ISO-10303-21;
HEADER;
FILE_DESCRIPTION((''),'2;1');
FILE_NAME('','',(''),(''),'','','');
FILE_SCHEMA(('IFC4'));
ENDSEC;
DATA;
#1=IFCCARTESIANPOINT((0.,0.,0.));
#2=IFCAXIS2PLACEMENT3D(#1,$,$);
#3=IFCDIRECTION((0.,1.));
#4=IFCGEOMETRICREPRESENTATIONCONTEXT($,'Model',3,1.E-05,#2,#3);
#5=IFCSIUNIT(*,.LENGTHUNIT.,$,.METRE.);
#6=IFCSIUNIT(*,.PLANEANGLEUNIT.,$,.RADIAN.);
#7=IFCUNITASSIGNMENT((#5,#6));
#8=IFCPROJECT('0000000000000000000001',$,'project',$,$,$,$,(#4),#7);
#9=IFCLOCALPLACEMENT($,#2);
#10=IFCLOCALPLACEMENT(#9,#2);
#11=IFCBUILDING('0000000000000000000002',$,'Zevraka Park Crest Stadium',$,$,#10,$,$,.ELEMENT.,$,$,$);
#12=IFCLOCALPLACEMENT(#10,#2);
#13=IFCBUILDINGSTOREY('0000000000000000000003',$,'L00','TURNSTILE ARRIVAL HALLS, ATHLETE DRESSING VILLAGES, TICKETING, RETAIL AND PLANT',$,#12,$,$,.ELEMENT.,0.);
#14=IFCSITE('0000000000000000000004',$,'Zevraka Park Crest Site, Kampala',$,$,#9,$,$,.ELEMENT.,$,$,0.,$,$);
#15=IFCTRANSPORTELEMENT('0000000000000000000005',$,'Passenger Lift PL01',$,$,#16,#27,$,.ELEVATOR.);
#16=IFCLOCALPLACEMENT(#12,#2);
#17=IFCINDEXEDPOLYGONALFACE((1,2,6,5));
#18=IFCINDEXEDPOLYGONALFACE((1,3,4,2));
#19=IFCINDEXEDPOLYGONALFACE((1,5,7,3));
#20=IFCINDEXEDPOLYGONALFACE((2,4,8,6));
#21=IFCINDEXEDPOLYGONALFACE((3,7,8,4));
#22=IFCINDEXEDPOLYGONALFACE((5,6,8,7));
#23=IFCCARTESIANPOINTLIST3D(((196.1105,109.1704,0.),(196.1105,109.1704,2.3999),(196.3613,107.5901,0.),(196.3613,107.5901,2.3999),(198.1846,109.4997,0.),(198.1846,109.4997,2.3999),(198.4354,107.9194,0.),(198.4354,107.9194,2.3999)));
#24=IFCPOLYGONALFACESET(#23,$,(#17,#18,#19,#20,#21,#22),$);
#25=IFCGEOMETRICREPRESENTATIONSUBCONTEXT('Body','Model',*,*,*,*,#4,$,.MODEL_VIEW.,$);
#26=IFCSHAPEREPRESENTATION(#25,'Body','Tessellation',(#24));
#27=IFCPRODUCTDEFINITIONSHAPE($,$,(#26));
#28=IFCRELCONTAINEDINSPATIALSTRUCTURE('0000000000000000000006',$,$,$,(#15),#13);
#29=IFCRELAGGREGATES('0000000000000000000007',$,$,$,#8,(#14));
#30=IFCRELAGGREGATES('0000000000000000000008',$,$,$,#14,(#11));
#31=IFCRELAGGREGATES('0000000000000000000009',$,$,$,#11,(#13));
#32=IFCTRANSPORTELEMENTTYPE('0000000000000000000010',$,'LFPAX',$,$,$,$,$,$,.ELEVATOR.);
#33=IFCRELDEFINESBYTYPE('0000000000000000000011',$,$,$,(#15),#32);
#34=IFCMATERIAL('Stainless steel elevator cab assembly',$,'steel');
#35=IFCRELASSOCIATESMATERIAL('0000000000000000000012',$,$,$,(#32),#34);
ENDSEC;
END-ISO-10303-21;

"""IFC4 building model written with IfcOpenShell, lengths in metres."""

from ifc_helpers import new_model, si_unit, direction, frame, origin, origin_2d, place, context, subcontext, project, spatial, rectangle, extrude, material, type_object, element, save


model = new_model("IFC4")

# Units and contexts
model_context = context("Model", 3, precision=1e-05, world=origin(), true_north=direction((0.0, 1.0)))
body_context = subcontext(model_context, "Body", "Model", "MODEL_VIEW")
ifc_project = project(units=[si_unit("LENGTHUNIT", "METRE"), si_unit("PLANEANGLEUNIT", "RADIAN")], contexts=[model_context])

# Site, building, storey
site_placement = place(None, origin())
site = spatial("IfcSite", under=ifc_project, at=site_placement, Name="Zevraka Park Crest Site, Kampala", CompositionType="ELEMENT", RefElevation=0.0)
building_placement = place(site_placement, origin())
building = spatial("IfcBuilding", under=site, at=building_placement, Name="Zevraka Park Crest Stadium", CompositionType="ELEMENT")
storey_placement = place(building_placement, origin())
storey = spatial("IfcBuildingStorey", under=building, at=storey_placement, Name="L00", Description="TURNSTILE ARRIVAL HALLS, ATHLETE DRESSING VILLAGES, TICKETING, RETAIL AND PLANT", CompositionType="ELEMENT", Elevation=0.0)

# Transport element
ifc_material_1 = material(Name="Stainless steel elevator cab assembly", Category="steel")
transport_element_type = type_object("IfcTransportElementType", Name="LFPAX", PredefinedType="ELEVATOR", material=ifc_material_1)
transport_element_placement = place(storey_placement, frame((197.2729, 108.5449, 0.0), z_axis=(0.0, 0.0, 1.0), x_axis=(-0.156786, 0.987633, 0.0)))
element("IfcTransportElement", 1, at=transport_element_placement, inside=storey, type_object=transport_element_type, Name="Passenger Lift PL01", PredefinedType="ELEVATOR", context=body_context, shape_type="SweptSolid", body=[
    extrude(rectangle(XDim=1.6001, YDim=2.1001, at=origin_2d()), origin(), (0.0, 0.0, 1.0), 2.3999),
])

save(model, "model.ifc")
